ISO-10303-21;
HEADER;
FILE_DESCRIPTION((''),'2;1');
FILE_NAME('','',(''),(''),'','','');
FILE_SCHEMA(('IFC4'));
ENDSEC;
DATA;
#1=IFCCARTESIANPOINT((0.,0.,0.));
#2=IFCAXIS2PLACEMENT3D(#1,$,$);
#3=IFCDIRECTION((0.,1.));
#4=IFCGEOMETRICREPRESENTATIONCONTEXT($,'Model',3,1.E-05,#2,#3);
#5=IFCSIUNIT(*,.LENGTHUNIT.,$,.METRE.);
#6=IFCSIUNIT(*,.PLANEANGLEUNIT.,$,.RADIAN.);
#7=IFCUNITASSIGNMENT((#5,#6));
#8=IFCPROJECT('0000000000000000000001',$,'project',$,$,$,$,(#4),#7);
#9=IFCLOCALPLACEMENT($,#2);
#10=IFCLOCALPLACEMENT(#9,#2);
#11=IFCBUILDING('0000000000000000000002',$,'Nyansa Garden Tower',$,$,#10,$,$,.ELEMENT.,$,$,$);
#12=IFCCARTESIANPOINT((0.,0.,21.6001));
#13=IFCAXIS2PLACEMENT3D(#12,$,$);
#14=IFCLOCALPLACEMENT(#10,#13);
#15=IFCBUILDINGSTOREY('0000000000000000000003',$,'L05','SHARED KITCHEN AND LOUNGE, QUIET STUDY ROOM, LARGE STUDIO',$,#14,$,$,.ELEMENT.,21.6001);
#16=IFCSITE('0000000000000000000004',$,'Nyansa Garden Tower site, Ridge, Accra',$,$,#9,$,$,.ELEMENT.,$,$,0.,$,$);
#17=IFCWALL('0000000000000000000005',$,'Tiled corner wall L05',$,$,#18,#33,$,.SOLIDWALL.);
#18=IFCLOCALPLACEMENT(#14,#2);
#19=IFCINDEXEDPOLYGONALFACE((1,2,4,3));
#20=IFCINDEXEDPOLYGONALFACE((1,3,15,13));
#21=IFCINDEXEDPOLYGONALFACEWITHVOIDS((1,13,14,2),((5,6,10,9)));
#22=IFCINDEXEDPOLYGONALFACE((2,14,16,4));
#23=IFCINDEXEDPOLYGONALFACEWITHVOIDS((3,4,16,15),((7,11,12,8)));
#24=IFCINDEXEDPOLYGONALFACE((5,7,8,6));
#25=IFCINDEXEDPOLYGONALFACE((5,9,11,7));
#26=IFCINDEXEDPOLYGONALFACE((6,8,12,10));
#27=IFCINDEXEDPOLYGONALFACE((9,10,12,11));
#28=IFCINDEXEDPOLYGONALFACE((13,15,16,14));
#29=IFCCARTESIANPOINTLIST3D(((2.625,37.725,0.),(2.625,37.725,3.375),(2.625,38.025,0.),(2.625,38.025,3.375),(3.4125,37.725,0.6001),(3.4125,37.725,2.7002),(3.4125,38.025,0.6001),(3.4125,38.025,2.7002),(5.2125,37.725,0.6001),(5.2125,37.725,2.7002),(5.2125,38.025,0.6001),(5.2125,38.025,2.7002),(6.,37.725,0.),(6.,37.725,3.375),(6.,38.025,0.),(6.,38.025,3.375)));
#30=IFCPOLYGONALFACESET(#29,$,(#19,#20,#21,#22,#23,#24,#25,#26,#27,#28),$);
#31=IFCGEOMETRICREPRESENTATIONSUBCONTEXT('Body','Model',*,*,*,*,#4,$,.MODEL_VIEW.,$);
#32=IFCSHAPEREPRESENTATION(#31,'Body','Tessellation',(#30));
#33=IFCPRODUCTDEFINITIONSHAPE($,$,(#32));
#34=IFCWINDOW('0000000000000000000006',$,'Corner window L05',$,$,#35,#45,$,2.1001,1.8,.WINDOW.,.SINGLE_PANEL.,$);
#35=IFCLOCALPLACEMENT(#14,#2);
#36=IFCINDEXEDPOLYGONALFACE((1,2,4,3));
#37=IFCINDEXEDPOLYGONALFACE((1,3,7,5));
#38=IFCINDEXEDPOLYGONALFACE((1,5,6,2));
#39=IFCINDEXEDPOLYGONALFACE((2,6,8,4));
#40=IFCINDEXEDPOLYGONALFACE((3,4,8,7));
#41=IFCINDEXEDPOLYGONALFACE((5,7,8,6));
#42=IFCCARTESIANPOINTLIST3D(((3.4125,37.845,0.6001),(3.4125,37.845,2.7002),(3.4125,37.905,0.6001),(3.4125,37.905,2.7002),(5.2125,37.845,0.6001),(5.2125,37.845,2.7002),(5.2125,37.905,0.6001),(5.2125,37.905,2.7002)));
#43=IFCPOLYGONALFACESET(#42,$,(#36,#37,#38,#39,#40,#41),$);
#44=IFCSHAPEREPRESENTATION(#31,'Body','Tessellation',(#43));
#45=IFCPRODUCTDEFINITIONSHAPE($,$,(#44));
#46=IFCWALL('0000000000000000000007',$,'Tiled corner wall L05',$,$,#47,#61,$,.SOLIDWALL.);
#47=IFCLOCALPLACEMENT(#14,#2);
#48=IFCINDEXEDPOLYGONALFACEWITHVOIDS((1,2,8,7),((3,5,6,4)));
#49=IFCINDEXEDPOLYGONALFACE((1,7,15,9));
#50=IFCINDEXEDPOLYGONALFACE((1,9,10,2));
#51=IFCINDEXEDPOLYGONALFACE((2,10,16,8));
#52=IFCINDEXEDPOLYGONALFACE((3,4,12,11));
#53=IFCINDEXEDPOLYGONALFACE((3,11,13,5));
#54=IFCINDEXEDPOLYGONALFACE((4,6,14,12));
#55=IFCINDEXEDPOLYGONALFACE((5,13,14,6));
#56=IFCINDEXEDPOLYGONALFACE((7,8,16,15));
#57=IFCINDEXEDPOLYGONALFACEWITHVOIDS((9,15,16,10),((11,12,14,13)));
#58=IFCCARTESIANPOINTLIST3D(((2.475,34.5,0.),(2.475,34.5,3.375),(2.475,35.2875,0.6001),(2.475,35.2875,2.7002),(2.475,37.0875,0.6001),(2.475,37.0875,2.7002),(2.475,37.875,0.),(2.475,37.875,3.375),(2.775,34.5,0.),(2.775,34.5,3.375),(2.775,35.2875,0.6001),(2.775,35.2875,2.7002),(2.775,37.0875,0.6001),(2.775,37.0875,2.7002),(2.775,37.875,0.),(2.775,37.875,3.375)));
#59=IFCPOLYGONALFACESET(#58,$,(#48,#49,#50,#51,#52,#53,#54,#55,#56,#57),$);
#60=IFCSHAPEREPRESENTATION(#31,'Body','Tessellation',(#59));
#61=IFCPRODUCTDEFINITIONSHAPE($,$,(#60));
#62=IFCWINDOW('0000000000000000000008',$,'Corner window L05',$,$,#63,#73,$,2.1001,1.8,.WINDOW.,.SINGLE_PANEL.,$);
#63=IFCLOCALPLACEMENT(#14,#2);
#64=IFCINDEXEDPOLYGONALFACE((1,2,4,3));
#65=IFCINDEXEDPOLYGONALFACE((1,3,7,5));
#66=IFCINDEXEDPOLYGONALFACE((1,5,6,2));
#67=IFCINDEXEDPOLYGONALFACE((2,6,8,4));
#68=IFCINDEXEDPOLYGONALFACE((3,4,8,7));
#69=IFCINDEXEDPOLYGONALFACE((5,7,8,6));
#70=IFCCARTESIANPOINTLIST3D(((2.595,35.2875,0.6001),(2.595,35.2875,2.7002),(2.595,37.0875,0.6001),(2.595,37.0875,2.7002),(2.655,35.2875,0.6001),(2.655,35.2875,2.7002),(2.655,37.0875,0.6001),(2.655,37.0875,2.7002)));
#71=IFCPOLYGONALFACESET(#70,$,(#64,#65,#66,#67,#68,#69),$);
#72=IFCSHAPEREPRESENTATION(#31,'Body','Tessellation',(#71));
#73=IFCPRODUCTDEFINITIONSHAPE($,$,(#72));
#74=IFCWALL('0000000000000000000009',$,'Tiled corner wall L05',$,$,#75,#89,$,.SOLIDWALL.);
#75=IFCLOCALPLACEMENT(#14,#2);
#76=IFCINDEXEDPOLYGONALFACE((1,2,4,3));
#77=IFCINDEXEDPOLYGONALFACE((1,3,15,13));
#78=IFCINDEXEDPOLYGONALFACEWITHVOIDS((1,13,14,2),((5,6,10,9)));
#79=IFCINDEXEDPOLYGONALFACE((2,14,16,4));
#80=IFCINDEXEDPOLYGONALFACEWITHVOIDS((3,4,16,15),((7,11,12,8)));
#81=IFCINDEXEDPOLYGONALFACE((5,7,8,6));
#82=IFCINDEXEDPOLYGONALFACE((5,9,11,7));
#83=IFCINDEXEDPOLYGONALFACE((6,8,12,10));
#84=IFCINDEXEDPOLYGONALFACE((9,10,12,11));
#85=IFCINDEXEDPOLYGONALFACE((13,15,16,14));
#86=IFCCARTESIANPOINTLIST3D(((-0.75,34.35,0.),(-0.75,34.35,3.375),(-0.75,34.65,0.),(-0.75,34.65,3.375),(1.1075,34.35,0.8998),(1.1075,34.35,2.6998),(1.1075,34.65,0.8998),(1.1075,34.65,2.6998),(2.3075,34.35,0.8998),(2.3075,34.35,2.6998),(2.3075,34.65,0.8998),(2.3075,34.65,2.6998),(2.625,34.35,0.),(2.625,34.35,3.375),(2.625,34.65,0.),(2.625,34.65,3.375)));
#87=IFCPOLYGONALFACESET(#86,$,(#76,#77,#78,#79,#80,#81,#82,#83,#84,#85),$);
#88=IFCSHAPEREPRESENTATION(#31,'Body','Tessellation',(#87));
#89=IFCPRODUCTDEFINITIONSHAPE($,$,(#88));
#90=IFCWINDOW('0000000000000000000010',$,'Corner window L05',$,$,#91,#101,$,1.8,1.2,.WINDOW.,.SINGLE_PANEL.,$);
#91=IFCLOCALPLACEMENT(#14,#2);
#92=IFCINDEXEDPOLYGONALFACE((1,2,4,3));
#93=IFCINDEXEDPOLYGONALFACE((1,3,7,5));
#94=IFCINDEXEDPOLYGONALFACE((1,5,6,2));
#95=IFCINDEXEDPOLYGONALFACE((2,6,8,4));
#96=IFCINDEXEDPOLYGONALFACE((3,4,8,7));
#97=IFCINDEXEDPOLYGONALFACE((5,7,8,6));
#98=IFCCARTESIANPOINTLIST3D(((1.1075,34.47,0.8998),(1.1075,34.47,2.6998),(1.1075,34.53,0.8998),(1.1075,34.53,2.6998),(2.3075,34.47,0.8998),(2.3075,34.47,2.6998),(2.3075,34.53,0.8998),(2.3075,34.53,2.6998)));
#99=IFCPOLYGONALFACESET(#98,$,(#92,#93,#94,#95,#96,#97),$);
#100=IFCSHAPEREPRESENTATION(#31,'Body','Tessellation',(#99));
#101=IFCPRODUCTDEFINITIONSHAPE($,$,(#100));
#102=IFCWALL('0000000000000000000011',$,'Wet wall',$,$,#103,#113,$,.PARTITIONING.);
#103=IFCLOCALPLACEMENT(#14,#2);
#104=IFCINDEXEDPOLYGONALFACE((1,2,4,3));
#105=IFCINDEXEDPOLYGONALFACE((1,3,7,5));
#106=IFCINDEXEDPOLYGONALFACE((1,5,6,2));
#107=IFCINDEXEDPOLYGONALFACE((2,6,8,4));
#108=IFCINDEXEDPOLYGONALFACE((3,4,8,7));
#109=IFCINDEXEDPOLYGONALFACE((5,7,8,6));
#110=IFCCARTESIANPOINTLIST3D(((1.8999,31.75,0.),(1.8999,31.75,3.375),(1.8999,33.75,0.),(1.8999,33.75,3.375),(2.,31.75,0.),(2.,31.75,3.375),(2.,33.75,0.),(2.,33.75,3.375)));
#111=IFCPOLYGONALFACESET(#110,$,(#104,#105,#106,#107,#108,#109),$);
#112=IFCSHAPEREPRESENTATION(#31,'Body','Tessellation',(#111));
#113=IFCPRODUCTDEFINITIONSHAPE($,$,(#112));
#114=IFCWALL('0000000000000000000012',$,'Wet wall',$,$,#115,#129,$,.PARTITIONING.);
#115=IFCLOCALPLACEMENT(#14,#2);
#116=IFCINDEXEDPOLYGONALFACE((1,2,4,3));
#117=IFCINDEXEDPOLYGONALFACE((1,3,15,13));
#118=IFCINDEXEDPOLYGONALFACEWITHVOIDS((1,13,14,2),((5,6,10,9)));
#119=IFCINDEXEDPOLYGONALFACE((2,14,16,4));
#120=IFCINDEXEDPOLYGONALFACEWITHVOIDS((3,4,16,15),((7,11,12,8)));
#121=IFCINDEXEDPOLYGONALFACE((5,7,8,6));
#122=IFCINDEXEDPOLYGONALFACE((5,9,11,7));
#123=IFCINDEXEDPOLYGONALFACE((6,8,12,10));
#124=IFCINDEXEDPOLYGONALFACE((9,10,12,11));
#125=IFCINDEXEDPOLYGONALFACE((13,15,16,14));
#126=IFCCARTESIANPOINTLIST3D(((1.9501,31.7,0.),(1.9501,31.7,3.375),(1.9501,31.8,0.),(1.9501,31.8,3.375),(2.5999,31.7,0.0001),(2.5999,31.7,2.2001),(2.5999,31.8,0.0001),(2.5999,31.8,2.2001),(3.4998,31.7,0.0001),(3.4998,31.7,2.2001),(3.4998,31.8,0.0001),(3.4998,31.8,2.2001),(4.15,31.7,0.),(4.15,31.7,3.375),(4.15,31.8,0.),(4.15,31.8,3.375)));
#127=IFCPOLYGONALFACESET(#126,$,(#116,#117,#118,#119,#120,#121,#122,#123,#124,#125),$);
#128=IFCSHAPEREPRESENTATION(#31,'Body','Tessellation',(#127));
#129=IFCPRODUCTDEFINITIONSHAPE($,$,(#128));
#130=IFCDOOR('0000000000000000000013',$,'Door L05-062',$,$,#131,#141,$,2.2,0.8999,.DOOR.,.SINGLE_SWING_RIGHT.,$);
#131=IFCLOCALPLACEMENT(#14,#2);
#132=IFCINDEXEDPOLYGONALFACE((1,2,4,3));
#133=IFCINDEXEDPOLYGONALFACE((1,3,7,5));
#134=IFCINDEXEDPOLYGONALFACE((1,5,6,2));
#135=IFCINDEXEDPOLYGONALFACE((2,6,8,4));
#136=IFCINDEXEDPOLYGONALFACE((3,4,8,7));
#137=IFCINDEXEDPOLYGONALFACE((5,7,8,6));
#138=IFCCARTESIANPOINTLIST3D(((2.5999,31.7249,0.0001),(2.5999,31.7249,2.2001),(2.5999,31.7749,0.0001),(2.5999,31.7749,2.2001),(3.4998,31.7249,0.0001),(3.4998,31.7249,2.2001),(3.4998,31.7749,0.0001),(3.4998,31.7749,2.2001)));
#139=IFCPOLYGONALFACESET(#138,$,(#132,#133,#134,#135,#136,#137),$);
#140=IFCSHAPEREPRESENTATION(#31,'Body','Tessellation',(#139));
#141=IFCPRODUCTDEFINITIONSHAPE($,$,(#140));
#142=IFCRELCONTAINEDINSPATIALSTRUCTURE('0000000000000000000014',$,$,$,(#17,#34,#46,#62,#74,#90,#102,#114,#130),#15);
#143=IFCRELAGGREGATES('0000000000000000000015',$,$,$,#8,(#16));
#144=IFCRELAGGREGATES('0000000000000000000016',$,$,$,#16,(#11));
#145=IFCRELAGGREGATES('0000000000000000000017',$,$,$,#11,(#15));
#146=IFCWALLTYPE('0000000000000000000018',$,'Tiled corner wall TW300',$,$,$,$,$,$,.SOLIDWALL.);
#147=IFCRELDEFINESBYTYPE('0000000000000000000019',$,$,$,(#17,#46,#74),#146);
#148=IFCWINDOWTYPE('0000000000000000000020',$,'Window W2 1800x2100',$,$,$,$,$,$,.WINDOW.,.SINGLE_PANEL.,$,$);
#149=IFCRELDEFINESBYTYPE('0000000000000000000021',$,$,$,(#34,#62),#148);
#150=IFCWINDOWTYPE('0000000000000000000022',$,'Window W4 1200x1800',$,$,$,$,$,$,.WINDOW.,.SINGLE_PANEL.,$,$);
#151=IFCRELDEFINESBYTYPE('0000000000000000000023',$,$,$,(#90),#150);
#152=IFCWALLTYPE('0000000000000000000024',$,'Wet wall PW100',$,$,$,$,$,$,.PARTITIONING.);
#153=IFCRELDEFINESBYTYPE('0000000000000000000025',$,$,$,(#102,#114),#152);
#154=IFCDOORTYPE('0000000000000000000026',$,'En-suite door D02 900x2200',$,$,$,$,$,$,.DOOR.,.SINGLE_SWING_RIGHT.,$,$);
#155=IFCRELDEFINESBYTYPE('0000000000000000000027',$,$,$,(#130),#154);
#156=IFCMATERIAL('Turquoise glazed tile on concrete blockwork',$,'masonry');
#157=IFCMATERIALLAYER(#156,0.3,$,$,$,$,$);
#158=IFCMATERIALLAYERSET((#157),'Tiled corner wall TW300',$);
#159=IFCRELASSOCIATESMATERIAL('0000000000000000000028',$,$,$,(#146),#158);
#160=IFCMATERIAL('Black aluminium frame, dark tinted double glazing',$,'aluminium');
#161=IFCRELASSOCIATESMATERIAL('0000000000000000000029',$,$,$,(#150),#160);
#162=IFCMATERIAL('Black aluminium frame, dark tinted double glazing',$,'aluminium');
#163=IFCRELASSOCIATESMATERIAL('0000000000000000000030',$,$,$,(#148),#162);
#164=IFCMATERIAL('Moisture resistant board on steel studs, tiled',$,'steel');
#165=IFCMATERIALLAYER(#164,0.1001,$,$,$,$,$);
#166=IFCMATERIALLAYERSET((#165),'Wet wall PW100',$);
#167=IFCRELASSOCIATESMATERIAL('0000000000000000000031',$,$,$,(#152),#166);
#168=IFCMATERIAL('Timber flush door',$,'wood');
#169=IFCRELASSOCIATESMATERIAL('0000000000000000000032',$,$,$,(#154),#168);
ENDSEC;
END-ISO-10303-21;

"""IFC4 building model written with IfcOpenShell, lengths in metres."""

from ifc_helpers import new_model, si_unit, direction, frame, frame_2d, origin, place, context, subcontext, project, spatial, rectangle, extrude, material, layer, layer_set, type_object, element, fill, save


model = new_model("IFC4")

# Units and contexts
model_context = context("Model", 3, precision=1e-05, world=origin(), true_north=direction((0.0, 1.0)))
body_context = subcontext(model_context, "Body", "Model", "MODEL_VIEW")
ifc_project = project(units=[si_unit("LENGTHUNIT", "METRE"), si_unit("PLANEANGLEUNIT", "RADIAN")], contexts=[model_context])

# Site, building, storey
site_placement = place(None, origin())
site = spatial("IfcSite", under=ifc_project, at=site_placement, Name="Nyansa Garden Tower site, Ridge, Accra", CompositionType="ELEMENT", RefElevation=0.0)
building_placement = place(site_placement, origin())
building = spatial("IfcBuilding", under=site, at=building_placement, Name="Nyansa Garden Tower", CompositionType="ELEMENT")
storey_placement = place(building_placement, frame((0.0, 0.0, 21.6001)))
storey = spatial("IfcBuildingStorey", under=building, at=storey_placement, Name="L05", Description="SHARED KITCHEN AND LOUNGE, QUIET STUDY ROOM, LARGE STUDIO", CompositionType="ELEMENT", Elevation=21.6001)

# Walls, openings, windows
ifc_material_1 = material(Name="Turquoise glazed tile on concrete blockwork", Category="masonry")
ifc_layer_1 = layer(ifc_material_1, 0.3)
ifc_layer_set_1 = layer_set([ifc_layer_1], Name="Tiled corner wall TW300")
wall_type_1 = type_object("IfcWallType", Name="Tiled corner wall TW300", PredefinedType="SOLIDWALL", material=ifc_layer_set_1)
ifc_material_2 = material(Name="Black aluminium frame, dark tinted double glazing", Category="aluminium")
window_type_1 = type_object("IfcWindowType", Name="Window W4 1200x1800", PartitioningType="SINGLE_PANEL", PredefinedType="WINDOW", material=ifc_material_2)
wall_1_placement = place(storey_placement, frame((6.0, 37.875, 0.0), z_axis=(0.0, 0.0, 1.0), x_axis=(-1.0, 0.0, 0.0)))
wall_1 = element("IfcWall", 1, at=wall_1_placement, inside=storey, type_object=wall_type_1, Name="Tiled corner wall L05", PredefinedType="SOLIDWALL", context=body_context, shape_type="SweptSolid", body=[
    extrude(rectangle(XDim=3.375, YDim=0.3, at=frame_2d((1.6875, 0.0))), origin(), (0.0, 0.0, 1.0), 3.375),
])
opening_1_placement = place(wall_1_placement, frame((0.7876, 0.0, 0.6001)))
opening_1 = element("IfcOpeningElement", 2, at=opening_1_placement, cuts=wall_1, PredefinedType="OPENING", context=body_context, shape_type="SweptSolid", body=[
    extrude(rectangle(XDim=1.8, YDim=2.1001, at=frame_2d((0.8999, 1.05))), frame((0.0, 0.1599, 0.0), z_axis=(0.0, -1.0, 0.0), x_axis=(1.0, 0.0, 0.0)), (0.0, 0.0, 1.0), 0.3201),
])
ifc_material_3 = material(Name="Black aluminium frame, dark tinted double glazing", Category="aluminium")
window_type_2 = type_object("IfcWindowType", Name="Window W2 1800x2100", PartitioningType="SINGLE_PANEL", PredefinedType="WINDOW", material=ifc_material_3)
window_1_placement = place(opening_1_placement, origin())
window_1 = element("IfcWindow", 3, at=window_1_placement, inside=storey, type_object=window_type_2, Name="Corner window L05", OverallHeight=2.1001, OverallWidth=1.8, PartitioningType="SINGLE_PANEL", PredefinedType="WINDOW", context=body_context, shape_type="SweptSolid", body=[
    extrude(rectangle(XDim=1.8, YDim=2.1001, at=frame_2d((0.8999, 1.05))), frame((0.0, 0.03, 0.0), z_axis=(0.0, -1.0, 0.0), x_axis=(1.0, 0.0, 0.0)), (0.0, 0.0, 1.0), 0.0601),
])
fill(opening_1, window_1)
wall_2_placement = place(storey_placement, frame((2.625, 37.875, 0.0), z_axis=(0.0, 0.0, 1.0), x_axis=(0.0, -1.0, 0.0)))
wall_2 = element("IfcWall", 4, at=wall_2_placement, inside=storey, type_object=wall_type_1, Name="Tiled corner wall L05", PredefinedType="SOLIDWALL", context=body_context, shape_type="SweptSolid", body=[
    extrude(rectangle(XDim=3.375, YDim=0.3, at=frame_2d((1.6875, 0.0))), origin(), (0.0, 0.0, 1.0), 3.375),
])
opening_2_placement = place(wall_2_placement, frame((0.7876, 0.0, 0.6001)))
opening_2 = element("IfcOpeningElement", 5, at=opening_2_placement, cuts=wall_2, PredefinedType="OPENING", context=body_context, shape_type="SweptSolid", body=[
    extrude(rectangle(XDim=1.8, YDim=2.1001, at=frame_2d((0.8999, 1.05))), frame((0.0, 0.1599, 0.0), z_axis=(0.0, -1.0, 0.0), x_axis=(1.0, 0.0, 0.0)), (0.0, 0.0, 1.0), 0.3201),
])
window_2_placement = place(opening_2_placement, origin())
window_2 = element("IfcWindow", 6, at=window_2_placement, inside=storey, type_object=window_type_2, Name="Corner window L05", OverallHeight=2.1001, OverallWidth=1.8, PartitioningType="SINGLE_PANEL", PredefinedType="WINDOW", context=body_context, shape_type="SweptSolid", body=[
    extrude(rectangle(XDim=1.8, YDim=2.1001, at=frame_2d((0.8999, 1.05))), frame((0.0, 0.03, 0.0), z_axis=(0.0, -1.0, 0.0), x_axis=(1.0, 0.0, 0.0)), (0.0, 0.0, 1.0), 0.0601),
])
fill(opening_2, window_2)
wall_3_placement = place(storey_placement, frame((2.625, 34.5, 0.0), z_axis=(0.0, 0.0, 1.0), x_axis=(-1.0, 0.0, 0.0)))
wall_3 = element("IfcWall", 7, at=wall_3_placement, inside=storey, type_object=wall_type_1, Name="Tiled corner wall L05", PredefinedType="SOLIDWALL", context=body_context, shape_type="SweptSolid", body=[
    extrude(rectangle(XDim=3.375, YDim=0.3, at=frame_2d((1.6875, 0.0))), origin(), (0.0, 0.0, 1.0), 3.375),
])
opening_3_placement = place(wall_3_placement, frame((0.3174, 0.0, 0.8999)))
opening_3 = element("IfcOpeningElement", 8, at=opening_3_placement, cuts=wall_3, PredefinedType="OPENING", context=body_context, shape_type="SweptSolid", body=[
    extrude(rectangle(XDim=1.2, YDim=1.8, at=frame_2d((0.6001, 0.8999))), frame((0.0, 0.1599, 0.0), z_axis=(0.0, -1.0, 0.0), x_axis=(1.0, 0.0, 0.0)), (0.0, 0.0, 1.0), 0.3201),
])
window_3_placement = place(opening_3_placement, origin())
window_3 = element("IfcWindow", 9, at=window_3_placement, inside=storey, type_object=window_type_1, Name="Corner window L05", OverallHeight=1.8, OverallWidth=1.2, PartitioningType="SINGLE_PANEL", PredefinedType="WINDOW", context=body_context, shape_type="SweptSolid", body=[
    extrude(rectangle(XDim=1.2, YDim=1.8, at=frame_2d((0.6001, 0.8999))), frame((0.0, 0.03, 0.0), z_axis=(0.0, -1.0, 0.0), x_axis=(1.0, 0.0, 0.0)), (0.0, 0.0, 1.0), 0.0601),
])
fill(opening_3, window_3)

# Wall
ifc_material_4 = material(Name="Moisture resistant board on steel studs, tiled", Category="steel")
ifc_layer_2 = layer(ifc_material_4, 0.1001)
ifc_layer_set_2 = layer_set([ifc_layer_2], Name="Wet wall PW100")
wall_type_2 = type_object("IfcWallType", Name="Wet wall PW100", PredefinedType="PARTITIONING", material=ifc_layer_set_2)
wall_4_placement = place(storey_placement, frame((1.95, 31.75, 0.0), z_axis=(0.0, 0.0, 1.0), x_axis=(0.0, 1.0, 0.0)))
element("IfcWall", 10, at=wall_4_placement, inside=storey, type_object=wall_type_2, Name="Wet wall", PredefinedType="PARTITIONING", context=body_context, shape_type="SweptSolid", body=[
    extrude(rectangle(XDim=2.0, YDim=0.1001, at=frame_2d((1.0, 0.0))), origin(), (0.0, 0.0, 1.0), 3.375),
])

# Wall, opening, door
wall_5_placement = place(storey_placement, frame((1.95, 31.75, 0.0), z_axis=(0.0, 0.0, 1.0), x_axis=(1.0, 0.0, 0.0)))
wall_5 = element("IfcWall", 11, at=wall_5_placement, inside=storey, type_object=wall_type_2, Name="Wet wall", PredefinedType="PARTITIONING", context=body_context, shape_type="SweptSolid", body=[
    extrude(rectangle(XDim=2.2, YDim=0.1001, at=frame_2d((1.1001, 0.0))), origin(), (0.0, 0.0, 1.0), 3.375),
])
opening_4_placement = place(wall_5_placement, frame((0.6499, 0.0, 0.0)))
opening_4 = element("IfcOpeningElement", 12, at=opening_4_placement, cuts=wall_5, PredefinedType="OPENING", context=body_context, shape_type="SweptSolid", body=[
    extrude(rectangle(XDim=0.8999, YDim=2.2, at=frame_2d((0.45, 1.1001))), frame((0.0, 0.0601, 0.0), z_axis=(0.0, -1.0, 0.0), x_axis=(1.0, 0.0, 0.0)), (0.0, 0.0, 1.0), 0.1201),
])
ifc_material_5 = material(Name="Timber flush door", Category="wood")
door_type_1 = type_object("IfcDoorType", Name="En-suite door D02 900x2200", OperationType="SINGLE_SWING_RIGHT", PredefinedType="DOOR", material=ifc_material_5)
door_1_placement = place(opening_4_placement, origin())
door_1 = element("IfcDoor", 13, at=door_1_placement, inside=storey, type_object=door_type_1, Name="Door L05-062", OperationType="SINGLE_SWING_RIGHT", OverallHeight=2.2, OverallWidth=0.8999, PredefinedType="DOOR", context=body_context, shape_type="SweptSolid", body=[
    extrude(rectangle(XDim=0.8999, YDim=2.2, at=frame_2d((0.45, 1.1001))), frame((0.0, 0.0249, 0.0), z_axis=(0.0, -1.0, 0.0), x_axis=(1.0, 0.0, 0.0)), (0.0, 0.0, 1.0), 0.05),
])
fill(opening_4, door_1)

save(model, "model.ifc")
